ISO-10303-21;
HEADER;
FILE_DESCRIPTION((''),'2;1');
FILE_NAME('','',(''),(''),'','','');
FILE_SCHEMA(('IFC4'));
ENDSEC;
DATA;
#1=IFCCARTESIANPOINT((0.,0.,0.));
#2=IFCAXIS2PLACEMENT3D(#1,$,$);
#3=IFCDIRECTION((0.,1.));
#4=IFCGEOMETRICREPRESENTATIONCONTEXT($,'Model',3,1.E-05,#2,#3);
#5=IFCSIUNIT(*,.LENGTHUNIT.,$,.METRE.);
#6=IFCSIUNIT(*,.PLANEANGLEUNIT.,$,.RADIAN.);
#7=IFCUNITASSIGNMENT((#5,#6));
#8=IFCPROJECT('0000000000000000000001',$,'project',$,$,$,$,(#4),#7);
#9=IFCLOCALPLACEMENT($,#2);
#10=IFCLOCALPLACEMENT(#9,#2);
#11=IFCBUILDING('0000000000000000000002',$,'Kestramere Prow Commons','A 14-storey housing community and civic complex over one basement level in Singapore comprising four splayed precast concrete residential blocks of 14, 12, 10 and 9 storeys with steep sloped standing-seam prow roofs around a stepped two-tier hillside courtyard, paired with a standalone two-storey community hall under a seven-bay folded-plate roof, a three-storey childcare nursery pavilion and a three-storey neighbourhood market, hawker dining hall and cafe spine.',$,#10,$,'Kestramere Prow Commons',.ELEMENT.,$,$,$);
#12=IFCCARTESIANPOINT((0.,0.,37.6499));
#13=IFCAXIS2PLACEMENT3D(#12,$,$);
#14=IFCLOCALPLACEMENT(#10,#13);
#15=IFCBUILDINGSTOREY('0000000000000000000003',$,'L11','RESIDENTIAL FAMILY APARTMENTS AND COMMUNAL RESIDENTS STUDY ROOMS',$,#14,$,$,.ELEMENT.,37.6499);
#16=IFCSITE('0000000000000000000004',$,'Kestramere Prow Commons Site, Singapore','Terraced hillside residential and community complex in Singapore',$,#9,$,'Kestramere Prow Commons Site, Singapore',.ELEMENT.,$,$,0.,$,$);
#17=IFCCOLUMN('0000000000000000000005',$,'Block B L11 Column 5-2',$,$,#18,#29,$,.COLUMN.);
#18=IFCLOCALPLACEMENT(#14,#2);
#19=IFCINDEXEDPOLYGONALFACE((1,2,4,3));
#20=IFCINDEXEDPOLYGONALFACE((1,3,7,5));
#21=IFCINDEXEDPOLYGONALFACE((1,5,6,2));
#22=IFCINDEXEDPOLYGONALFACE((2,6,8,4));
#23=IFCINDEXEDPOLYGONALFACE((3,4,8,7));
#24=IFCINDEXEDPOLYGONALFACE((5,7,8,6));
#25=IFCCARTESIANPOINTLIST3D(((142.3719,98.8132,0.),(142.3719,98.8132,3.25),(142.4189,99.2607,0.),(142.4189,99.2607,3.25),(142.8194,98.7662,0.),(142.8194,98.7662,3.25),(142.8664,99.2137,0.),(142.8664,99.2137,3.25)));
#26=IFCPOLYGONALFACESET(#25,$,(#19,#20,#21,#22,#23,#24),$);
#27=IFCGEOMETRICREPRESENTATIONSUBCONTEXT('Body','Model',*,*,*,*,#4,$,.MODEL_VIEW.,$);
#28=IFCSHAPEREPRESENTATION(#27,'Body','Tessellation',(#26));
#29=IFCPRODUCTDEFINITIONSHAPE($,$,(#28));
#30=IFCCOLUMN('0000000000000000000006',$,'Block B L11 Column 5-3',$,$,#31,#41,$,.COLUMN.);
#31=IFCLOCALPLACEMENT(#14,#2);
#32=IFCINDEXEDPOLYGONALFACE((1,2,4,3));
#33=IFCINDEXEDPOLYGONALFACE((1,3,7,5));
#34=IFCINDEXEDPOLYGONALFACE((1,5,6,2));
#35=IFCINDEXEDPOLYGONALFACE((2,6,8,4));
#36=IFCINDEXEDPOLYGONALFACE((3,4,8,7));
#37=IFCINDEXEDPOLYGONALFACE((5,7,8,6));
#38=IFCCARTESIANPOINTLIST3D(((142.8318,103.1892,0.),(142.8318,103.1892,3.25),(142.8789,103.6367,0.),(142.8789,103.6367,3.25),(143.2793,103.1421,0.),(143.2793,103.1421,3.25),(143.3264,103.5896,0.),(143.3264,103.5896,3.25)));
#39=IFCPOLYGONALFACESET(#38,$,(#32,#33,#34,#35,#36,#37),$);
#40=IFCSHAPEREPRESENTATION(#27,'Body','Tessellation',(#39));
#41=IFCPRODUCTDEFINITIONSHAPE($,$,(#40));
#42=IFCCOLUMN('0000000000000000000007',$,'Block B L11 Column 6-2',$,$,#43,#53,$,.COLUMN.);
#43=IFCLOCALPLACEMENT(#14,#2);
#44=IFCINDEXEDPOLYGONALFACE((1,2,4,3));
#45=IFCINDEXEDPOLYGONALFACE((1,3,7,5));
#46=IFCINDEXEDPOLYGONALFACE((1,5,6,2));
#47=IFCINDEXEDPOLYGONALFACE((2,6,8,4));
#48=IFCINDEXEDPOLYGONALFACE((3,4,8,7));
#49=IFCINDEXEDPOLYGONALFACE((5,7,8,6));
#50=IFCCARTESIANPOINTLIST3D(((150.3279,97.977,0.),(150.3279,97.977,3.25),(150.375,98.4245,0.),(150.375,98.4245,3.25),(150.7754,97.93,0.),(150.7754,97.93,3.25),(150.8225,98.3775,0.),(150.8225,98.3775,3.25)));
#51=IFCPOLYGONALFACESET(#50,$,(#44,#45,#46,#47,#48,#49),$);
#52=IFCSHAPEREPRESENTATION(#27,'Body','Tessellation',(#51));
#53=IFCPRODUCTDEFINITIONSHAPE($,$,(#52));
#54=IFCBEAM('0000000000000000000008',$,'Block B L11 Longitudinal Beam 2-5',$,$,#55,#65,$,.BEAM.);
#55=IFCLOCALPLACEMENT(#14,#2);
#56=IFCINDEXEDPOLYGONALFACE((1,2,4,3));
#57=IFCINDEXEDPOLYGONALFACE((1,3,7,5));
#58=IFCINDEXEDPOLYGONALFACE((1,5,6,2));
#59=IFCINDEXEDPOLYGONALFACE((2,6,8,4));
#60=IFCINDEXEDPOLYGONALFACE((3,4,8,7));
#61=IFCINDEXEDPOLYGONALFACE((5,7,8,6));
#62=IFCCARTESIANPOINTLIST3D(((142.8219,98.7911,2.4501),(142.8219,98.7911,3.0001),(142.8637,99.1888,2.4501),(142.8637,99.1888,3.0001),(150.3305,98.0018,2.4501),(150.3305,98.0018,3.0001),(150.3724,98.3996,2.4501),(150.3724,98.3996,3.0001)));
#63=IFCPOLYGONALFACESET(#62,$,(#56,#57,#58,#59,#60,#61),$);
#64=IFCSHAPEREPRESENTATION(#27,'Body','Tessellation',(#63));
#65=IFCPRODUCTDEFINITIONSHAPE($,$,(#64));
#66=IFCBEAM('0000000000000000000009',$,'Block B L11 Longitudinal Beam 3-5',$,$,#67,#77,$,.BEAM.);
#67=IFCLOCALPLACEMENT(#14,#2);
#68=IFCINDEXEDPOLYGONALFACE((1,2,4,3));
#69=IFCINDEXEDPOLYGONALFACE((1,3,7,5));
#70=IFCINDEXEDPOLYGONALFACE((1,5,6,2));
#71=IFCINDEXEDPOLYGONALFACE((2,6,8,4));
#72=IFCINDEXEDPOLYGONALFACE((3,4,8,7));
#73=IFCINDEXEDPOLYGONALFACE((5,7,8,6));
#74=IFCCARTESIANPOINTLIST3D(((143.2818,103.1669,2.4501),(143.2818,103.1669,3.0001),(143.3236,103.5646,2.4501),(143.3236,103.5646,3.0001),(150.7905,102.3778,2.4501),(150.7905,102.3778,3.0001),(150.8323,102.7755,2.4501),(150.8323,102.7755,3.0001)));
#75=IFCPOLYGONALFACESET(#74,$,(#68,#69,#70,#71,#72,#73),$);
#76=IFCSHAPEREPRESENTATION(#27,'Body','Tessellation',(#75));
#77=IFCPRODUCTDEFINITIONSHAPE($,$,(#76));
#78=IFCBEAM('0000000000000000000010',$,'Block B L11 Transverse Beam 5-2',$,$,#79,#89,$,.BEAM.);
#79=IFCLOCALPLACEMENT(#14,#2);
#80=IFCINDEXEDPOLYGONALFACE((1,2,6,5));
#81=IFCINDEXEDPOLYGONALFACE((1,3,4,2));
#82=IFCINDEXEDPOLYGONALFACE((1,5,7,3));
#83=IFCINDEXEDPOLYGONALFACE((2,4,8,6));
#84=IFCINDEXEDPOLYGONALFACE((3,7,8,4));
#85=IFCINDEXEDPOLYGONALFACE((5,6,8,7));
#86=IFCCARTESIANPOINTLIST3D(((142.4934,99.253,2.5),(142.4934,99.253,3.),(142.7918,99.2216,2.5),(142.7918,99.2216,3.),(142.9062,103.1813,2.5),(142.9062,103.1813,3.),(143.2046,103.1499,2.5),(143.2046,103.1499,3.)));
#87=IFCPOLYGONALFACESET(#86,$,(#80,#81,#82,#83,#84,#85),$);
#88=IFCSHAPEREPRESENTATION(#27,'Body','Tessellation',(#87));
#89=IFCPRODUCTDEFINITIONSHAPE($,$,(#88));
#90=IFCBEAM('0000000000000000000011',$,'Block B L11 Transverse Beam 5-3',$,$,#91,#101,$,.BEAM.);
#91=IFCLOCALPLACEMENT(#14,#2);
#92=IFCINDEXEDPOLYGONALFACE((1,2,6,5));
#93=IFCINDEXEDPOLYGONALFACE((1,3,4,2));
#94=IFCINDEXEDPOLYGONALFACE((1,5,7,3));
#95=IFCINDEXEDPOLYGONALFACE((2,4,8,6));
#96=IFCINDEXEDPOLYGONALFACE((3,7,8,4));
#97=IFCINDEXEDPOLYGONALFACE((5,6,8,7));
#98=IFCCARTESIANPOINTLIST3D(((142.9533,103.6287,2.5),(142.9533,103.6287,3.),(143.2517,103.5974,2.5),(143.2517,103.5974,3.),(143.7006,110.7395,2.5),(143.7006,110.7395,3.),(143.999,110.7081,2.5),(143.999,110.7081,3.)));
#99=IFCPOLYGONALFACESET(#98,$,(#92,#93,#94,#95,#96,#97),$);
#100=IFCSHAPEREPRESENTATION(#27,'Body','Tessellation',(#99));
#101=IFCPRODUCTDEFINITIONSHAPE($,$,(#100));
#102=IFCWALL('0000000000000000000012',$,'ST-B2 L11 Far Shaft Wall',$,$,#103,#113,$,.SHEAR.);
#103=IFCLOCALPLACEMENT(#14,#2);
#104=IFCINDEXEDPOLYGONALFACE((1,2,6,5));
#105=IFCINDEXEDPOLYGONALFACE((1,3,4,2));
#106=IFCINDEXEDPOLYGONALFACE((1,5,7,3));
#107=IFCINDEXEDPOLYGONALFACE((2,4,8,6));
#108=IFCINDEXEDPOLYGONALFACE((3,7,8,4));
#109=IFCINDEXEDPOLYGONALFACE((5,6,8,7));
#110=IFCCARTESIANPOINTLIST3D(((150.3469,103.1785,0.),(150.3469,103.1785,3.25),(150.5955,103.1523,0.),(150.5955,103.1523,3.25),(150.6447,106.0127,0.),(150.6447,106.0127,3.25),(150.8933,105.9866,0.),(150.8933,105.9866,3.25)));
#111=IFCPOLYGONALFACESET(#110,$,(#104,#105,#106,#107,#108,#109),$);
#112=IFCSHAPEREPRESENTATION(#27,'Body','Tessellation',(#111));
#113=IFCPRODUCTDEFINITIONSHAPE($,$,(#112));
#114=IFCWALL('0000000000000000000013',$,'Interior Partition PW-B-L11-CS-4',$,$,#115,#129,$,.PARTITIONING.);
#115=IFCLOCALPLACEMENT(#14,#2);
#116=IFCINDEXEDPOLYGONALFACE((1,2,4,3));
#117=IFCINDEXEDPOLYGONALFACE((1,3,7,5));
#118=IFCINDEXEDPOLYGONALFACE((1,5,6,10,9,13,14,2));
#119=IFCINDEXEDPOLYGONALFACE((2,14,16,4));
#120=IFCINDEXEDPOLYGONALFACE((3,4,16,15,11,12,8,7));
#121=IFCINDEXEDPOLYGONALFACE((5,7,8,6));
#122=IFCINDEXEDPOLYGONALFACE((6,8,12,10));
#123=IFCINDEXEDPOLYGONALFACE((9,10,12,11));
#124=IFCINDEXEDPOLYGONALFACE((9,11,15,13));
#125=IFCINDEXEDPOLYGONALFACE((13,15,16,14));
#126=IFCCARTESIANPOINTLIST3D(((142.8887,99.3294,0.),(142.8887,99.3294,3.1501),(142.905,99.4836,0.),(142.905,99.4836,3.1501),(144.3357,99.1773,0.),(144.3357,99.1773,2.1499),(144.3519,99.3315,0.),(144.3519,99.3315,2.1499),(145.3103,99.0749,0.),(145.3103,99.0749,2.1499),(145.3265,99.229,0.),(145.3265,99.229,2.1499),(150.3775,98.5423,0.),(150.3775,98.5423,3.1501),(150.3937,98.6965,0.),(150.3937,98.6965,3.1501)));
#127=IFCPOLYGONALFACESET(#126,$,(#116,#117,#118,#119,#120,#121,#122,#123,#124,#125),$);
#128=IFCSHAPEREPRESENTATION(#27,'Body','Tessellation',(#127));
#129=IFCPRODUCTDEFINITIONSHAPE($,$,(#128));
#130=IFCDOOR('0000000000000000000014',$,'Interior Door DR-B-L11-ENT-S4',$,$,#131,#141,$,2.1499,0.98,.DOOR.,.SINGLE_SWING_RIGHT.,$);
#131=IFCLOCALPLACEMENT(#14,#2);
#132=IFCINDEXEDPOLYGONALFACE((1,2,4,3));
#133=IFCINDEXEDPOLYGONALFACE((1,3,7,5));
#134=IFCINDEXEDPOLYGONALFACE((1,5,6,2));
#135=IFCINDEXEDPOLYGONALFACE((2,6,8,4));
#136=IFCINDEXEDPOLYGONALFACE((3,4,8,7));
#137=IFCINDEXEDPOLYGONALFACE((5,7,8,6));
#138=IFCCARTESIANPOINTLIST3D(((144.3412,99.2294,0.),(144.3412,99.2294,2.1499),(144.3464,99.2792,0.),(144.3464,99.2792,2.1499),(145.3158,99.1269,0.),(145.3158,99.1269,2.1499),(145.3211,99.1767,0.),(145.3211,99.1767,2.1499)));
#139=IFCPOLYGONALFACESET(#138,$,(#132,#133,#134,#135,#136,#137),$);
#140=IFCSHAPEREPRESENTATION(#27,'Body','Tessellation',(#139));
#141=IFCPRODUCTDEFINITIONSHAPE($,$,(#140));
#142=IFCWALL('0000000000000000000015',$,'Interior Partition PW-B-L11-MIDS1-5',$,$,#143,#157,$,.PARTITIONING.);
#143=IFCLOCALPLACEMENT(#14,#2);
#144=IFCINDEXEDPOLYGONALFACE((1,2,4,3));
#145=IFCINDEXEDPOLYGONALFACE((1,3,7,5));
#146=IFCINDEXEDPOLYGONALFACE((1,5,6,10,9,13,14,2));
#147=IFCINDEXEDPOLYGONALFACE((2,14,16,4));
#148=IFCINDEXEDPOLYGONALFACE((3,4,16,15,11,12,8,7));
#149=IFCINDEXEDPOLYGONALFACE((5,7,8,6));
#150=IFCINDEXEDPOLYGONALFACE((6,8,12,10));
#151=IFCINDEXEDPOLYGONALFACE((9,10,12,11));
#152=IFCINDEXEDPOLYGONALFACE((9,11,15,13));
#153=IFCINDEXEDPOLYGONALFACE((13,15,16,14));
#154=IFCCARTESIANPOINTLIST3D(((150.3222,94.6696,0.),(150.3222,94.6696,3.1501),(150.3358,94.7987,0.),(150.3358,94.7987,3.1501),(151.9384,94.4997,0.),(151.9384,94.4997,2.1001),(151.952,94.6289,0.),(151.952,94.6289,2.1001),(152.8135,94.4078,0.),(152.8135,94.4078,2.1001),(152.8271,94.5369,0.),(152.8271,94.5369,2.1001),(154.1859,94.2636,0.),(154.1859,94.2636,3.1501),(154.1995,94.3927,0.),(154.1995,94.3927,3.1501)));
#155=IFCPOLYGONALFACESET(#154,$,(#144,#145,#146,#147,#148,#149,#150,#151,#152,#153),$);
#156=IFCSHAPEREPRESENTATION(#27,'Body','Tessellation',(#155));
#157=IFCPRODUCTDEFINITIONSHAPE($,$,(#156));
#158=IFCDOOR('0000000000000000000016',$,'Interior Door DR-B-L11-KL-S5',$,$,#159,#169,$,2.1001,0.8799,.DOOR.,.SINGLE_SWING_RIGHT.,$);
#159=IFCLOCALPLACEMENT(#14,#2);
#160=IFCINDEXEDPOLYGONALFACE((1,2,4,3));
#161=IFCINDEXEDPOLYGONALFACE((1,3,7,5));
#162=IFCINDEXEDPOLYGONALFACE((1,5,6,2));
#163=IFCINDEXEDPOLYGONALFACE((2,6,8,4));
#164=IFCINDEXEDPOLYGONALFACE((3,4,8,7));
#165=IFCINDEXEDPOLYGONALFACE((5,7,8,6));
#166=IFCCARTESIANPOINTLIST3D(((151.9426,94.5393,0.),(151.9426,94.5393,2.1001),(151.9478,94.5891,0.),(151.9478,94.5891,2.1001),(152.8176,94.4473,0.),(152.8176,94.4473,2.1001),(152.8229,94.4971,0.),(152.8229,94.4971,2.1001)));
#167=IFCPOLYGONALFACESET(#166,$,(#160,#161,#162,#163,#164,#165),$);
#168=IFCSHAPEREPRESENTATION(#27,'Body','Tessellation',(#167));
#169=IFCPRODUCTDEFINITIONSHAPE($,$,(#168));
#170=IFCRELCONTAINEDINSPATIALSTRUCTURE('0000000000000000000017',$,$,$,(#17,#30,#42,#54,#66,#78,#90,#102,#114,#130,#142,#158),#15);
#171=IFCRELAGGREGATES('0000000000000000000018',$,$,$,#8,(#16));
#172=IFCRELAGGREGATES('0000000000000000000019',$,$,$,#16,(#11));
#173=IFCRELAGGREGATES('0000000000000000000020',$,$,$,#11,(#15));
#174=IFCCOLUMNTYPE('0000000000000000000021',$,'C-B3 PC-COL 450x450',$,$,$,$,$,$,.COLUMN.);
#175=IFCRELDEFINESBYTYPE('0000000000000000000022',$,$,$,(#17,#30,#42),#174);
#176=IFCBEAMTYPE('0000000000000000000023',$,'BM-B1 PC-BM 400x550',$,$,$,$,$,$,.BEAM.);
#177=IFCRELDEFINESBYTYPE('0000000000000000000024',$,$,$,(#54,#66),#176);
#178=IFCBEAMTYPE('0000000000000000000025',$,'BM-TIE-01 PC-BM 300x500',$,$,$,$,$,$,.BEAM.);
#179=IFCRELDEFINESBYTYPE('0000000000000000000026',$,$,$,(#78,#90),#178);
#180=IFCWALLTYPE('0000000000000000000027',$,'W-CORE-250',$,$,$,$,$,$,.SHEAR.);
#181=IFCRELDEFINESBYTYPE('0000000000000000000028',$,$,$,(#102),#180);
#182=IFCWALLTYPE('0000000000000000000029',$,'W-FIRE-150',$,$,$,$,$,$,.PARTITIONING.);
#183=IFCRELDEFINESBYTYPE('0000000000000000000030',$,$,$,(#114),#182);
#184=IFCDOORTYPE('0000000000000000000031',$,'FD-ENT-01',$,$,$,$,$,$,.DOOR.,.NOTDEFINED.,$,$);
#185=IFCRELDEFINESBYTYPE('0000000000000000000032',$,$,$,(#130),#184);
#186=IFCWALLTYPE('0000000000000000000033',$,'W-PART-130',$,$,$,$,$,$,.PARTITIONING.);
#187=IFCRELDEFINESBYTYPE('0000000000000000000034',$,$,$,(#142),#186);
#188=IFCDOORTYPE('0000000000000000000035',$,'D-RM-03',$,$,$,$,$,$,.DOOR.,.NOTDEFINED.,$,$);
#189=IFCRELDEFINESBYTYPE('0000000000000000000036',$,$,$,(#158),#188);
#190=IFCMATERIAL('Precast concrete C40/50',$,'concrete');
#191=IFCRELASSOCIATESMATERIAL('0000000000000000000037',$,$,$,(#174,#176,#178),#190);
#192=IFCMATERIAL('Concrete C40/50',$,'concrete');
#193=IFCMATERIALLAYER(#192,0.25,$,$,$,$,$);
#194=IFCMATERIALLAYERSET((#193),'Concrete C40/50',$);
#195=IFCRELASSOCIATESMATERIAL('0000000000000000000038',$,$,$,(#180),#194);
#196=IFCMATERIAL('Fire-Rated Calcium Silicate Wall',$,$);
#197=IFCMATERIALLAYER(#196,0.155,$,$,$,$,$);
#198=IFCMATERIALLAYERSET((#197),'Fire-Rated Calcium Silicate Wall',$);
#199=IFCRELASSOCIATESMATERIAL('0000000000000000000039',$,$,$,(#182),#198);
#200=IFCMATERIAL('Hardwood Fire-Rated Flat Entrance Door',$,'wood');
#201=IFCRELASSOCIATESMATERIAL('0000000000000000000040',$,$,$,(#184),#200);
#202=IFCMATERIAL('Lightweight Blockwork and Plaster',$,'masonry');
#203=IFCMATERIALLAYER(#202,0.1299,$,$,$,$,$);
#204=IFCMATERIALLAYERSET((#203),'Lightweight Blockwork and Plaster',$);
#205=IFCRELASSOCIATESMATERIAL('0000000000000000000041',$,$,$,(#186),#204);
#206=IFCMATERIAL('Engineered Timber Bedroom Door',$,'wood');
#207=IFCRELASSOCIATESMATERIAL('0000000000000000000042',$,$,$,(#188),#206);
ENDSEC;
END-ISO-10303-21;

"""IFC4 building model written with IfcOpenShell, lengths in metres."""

from ifc_helpers import new_model, si_unit, direction, frame, frame_2d, origin, origin_2d, place, context, subcontext, project, spatial, rectangle, extrude, material, layer, layer_set, material_profile, profile_set, type_object, element, fill, save


model = new_model("IFC4")

# Units and contexts
model_context = context("Model", 3, precision=1e-05, world=origin(), true_north=direction((0.0, 1.0)))
body_context = subcontext(model_context, "Body", "Model", "MODEL_VIEW")
ifc_project = project(units=[si_unit("LENGTHUNIT", "METRE"), si_unit("PLANEANGLEUNIT", "RADIAN")], contexts=[model_context])

# Site, building, storey
site_placement = place(None, origin())
site = spatial("IfcSite", under=ifc_project, at=site_placement, Name="Kestramere Prow Commons Site, Singapore", Description="Terraced hillside residential and community complex in Singapore", LongName="Kestramere Prow Commons Site, Singapore", CompositionType="ELEMENT", RefElevation=0.0)
building_placement = place(site_placement, origin())
building = spatial("IfcBuilding", under=site, at=building_placement, Name="Kestramere Prow Commons", Description="A 14-storey housing community and civic complex over one basement level in Singapore comprising four splayed precast concrete residential blocks of 14, 12, 10 and 9 storeys with steep sloped standing-seam prow roofs around a stepped two-tier hillside courtyard, paired with a standalone two-storey community hall under a seven-bay folded-plate roof, a three-storey childcare nursery pavilion and a three-storey neighbourhood market, hawker dining hall and cafe spine.", LongName="Kestramere Prow Commons", CompositionType="ELEMENT")
storey_placement = place(building_placement, frame((0.0, 0.0, 37.6499)))
storey = spatial("IfcBuildingStorey", under=building, at=storey_placement, Name="L11", Description="RESIDENTIAL FAMILY APARTMENTS AND COMMUNAL RESIDENTS STUDY ROOMS", CompositionType="ELEMENT", Elevation=37.6499)

# Columns
ifc_material_1 = material(Name="Precast concrete C40/50", Category="concrete")
ifc_material_profile_1 = material_profile(ifc_material_1, rectangle(XDim=0.45, YDim=0.45, at=origin_2d()), Name="PC-COL 450x450")
ifc_profile_set_1 = profile_set([ifc_material_profile_1], Name="Precast concrete C40/50")
column_type = type_object("IfcColumnType", Name="C-B3 PC-COL 450x450", PredefinedType="COLUMN", material=ifc_profile_set_1)
for number, where, z_axis, x_axis, name in (
    (1, (142.6191, 99.0134, 0.0), (0.0, 0.0, 1.0), (0.994522, -0.104528, 0.0), "Block B L11 Column 5-2"),
    (2, (143.0791, 103.3894, 0.0), (0.0, 0.0, 1.0), (0.994522, -0.104528, 0.0), "Block B L11 Column 5-3"),
    (3, (150.5752, 98.1772, 0.0), (0.0, 0.0, 1.0), (0.994522, -0.104528, 0.0), "Block B L11 Column 6-2"),
):
    element("IfcColumn", number, at=place(storey_placement, frame(where, z_axis=z_axis, x_axis=x_axis)), inside=storey, type_object=column_type, Name=name, PredefinedType="COLUMN", context=body_context, shape_type="SweptSolid", body=[
        extrude(rectangle(XDim=0.45, YDim=0.45, at=origin_2d()), origin(), (0.0, 0.0, 1.0), 3.25),
    ])

# Beams
ifc_material_profile_2 = material_profile(ifc_material_1, rectangle(XDim=0.3999, YDim=0.55, at=origin_2d()), Name="PC-BM 400x550")
ifc_profile_set_2 = profile_set([ifc_material_profile_2], Name="Precast concrete C40/50")
beam_type_1 = type_object("IfcBeamType", Name="BM-B1 PC-BM 400x550", PredefinedType="BEAM", material=ifc_profile_set_2)
for number, where, z_axis, x_axis, name in (
    (4, (142.8428, 98.99, 2.7251), (0.994521, -0.104542, 0.0), (0.104542, 0.994521, 0.0), "Block B L11 Longitudinal Beam 2-5"),
    (5, (143.3027, 103.3657, 2.7251), (0.994524, -0.10451, 0.0), (0.10451, 0.994524, 0.0), "Block B L11 Longitudinal Beam 3-5"),
):
    element("IfcBeam", number, at=place(storey_placement, frame(where, z_axis=z_axis, x_axis=x_axis)), inside=storey, type_object=beam_type_1, Name=name, PredefinedType="BEAM", context=body_context, shape_type="SweptSolid", body=[
        extrude(rectangle(XDim=0.3999, YDim=0.55, at=origin_2d()), origin(), (0.0, 0.0, 1.0), 7.55),
    ])
ifc_material_profile_3 = material_profile(ifc_material_1, rectangle(XDim=0.3, YDim=0.5, at=origin_2d()), Name="PC-BM 300x500")
ifc_profile_set_3 = profile_set([ifc_material_profile_3], Name="Precast concrete C40/50")
beam_type_2 = type_object("IfcBeamType", Name="BM-TIE-01 PC-BM 300x500", PredefinedType="BEAM", material=ifc_profile_set_3)
beam_1_placement = place(storey_placement, frame((142.6426, 99.2373, 2.75), z_axis=(0.104521, 0.994523, 0.0), x_axis=(-0.994523, 0.104521, 0.0)))
element("IfcBeam", 6, at=beam_1_placement, inside=storey, type_object=beam_type_2, Name="Block B L11 Transverse Beam 5-2", PredefinedType="BEAM", context=body_context, shape_type="SweptSolid", body=[
    extrude(rectangle(XDim=0.3, YDim=0.5, at=origin_2d()), origin(), (0.0, 0.0, 1.0), 3.95),
])
beam_2_placement = place(storey_placement, frame((143.1025, 103.613, 2.75), z_axis=(0.104519, 0.994523, 0.0), x_axis=(-0.994523, 0.104519, 0.0)))
element("IfcBeam", 7, at=beam_2_placement, inside=storey, type_object=beam_type_2, Name="Block B L11 Transverse Beam 5-3", PredefinedType="BEAM", context=body_context, shape_type="SweptSolid", body=[
    extrude(rectangle(XDim=0.3, YDim=0.5, at=origin_2d()), origin(), (0.0, 0.0, 1.0), 7.1499),
])

# Shared definitions
ifc_material_2 = material(Name="Concrete C40/50", Category="concrete")
ifc_layer_1 = layer(ifc_material_2, 0.25)
ifc_layer_set_1 = layer_set([ifc_layer_1], Name="Concrete C40/50")
wall_type_1 = type_object("IfcWallType", Name="W-CORE-250", PredefinedType="SHEAR", material=ifc_layer_set_1)

# Wall
wall_1_placement = place(storey_placement, frame((150.4712, 103.1655, 0.0), z_axis=(0.0, 0.0, 1.0), x_axis=(0.104515, 0.994523, 0.0)))
element("IfcWall", 8, at=wall_1_placement, inside=storey, type_object=wall_type_1, Name="ST-B2 L11 Far Shaft Wall", PredefinedType="SHEAR", context=body_context, shape_type="SweptSolid", body=[
    extrude(rectangle(XDim=2.8499, YDim=0.25, at=frame_2d((1.4248, 0.0))), origin(), (0.0, 0.0, 1.0), 3.25),
])

# Walls, openings, doors
ifc_material_3 = material(Name="Fire-Rated Calcium Silicate Wall")
ifc_layer_2 = layer(ifc_material_3, 0.155)
ifc_layer_set_2 = layer_set([ifc_layer_2], Name="Fire-Rated Calcium Silicate Wall")
wall_type_2 = type_object("IfcWallType", Name="W-FIRE-150", PredefinedType="PARTITIONING", material=ifc_layer_set_2)
wall_2_placement = place(storey_placement, frame((142.8967, 99.4065, 0.0), z_axis=(0.0, 0.0, 1.0), x_axis=(0.994522, -0.10453, 0.0)))
wall_2 = element("IfcWall", 9, at=wall_2_placement, inside=storey, type_object=wall_type_2, Name="Interior Partition PW-B-L11-CS-4", PredefinedType="PARTITIONING", context=body_context, shape_type="SweptSolid", body=[
    extrude(rectangle(XDim=7.53, YDim=0.155, at=frame_2d((3.7651, 0.0))), origin(), (0.0, 0.0, 1.0), 3.1501),
])
opening_1_placement = place(wall_2_placement, frame((1.4551, 0.0, 0.0)))
opening_1 = element("IfcOpeningElement", 10, at=opening_1_placement, cuts=wall_2, PredefinedType="OPENING", context=body_context, shape_type="SweptSolid", body=[
    extrude(rectangle(XDim=0.98, YDim=2.1499, at=frame_2d((0.49, 1.075))), frame((0.0, 0.0925, 0.0), z_axis=(0.0, -1.0, 0.0), x_axis=(1.0, 0.0, 0.0)), (0.0, 0.0, 1.0), 0.1851),
])
ifc_material_4 = material(Name="Hardwood Fire-Rated Flat Entrance Door", Category="wood")
door_type_1 = type_object("IfcDoorType", Name="FD-ENT-01", OperationType="NOTDEFINED", PredefinedType="DOOR", material=ifc_material_4)
door_1_placement = place(opening_1_placement, origin())
door_1 = element("IfcDoor", 11, at=door_1_placement, inside=storey, type_object=door_type_1, Name="Interior Door DR-B-L11-ENT-S4", OperationType="SINGLE_SWING_RIGHT", OverallHeight=2.1499, OverallWidth=0.98, PredefinedType="DOOR", context=body_context, shape_type="SweptSolid", body=[
    extrude(rectangle(XDim=0.98, YDim=2.1499, at=frame_2d((0.49, 1.075))), frame((0.0, 0.0249, 0.0), z_axis=(0.0, -1.0, 0.0), x_axis=(1.0, 0.0, 0.0)), (0.0, 0.0, 1.0), 0.05),
])
fill(opening_1, door_1)
ifc_material_5 = material(Name="Lightweight Blockwork and Plaster", Category="masonry")
ifc_layer_3 = layer(ifc_material_5, 0.1299)
ifc_layer_set_3 = layer_set([ifc_layer_3], Name="Lightweight Blockwork and Plaster")
wall_type_3 = type_object("IfcWallType", Name="W-PART-130", PredefinedType="PARTITIONING", material=ifc_layer_set_3)
wall_3_placement = place(storey_placement, frame((150.3291, 94.7341, 0.0), z_axis=(0.0, 0.0, 1.0), x_axis=(0.994524, -0.104505, 0.0)))
wall_3 = element("IfcWall", 12, at=wall_3_placement, inside=storey, type_object=wall_type_3, Name="Interior Partition PW-B-L11-MIDS1-5", PredefinedType="PARTITIONING", context=body_context, shape_type="SweptSolid", body=[
    extrude(rectangle(XDim=3.885, YDim=0.1299, at=frame_2d((1.9424, 0.0))), origin(), (0.0, 0.0, 1.0), 3.1501),
])
opening_2_placement = place(wall_3_placement, frame((1.625, 0.0, 0.0)))
opening_2 = element("IfcOpeningElement", 13, at=opening_2_placement, cuts=wall_3, PredefinedType="OPENING", context=body_context, shape_type="SweptSolid", body=[
    extrude(rectangle(XDim=0.8799, YDim=2.1001, at=frame_2d((0.4399, 1.05))), frame((0.0, 0.0798, 0.0), z_axis=(0.0, -1.0, 0.0), x_axis=(1.0, 0.0, 0.0)), (0.0, 0.0, 1.0), 0.1599),
])
ifc_material_6 = material(Name="Engineered Timber Bedroom Door", Category="wood")
door_type_2 = type_object("IfcDoorType", Name="D-RM-03", OperationType="NOTDEFINED", PredefinedType="DOOR", material=ifc_material_6)
door_2_placement = place(opening_2_placement, origin())
door_2 = element("IfcDoor", 14, at=door_2_placement, inside=storey, type_object=door_type_2, Name="Interior Door DR-B-L11-KL-S5", OperationType="SINGLE_SWING_RIGHT", OverallHeight=2.1001, OverallWidth=0.8799, PredefinedType="DOOR", context=body_context, shape_type="SweptSolid", body=[
    extrude(rectangle(XDim=0.8799, YDim=2.1001, at=frame_2d((0.4399, 1.05))), frame((0.0, 0.0249, 0.0), z_axis=(0.0, -1.0, 0.0), x_axis=(1.0, 0.0, 0.0)), (0.0, 0.0, 1.0), 0.05),
])
fill(opening_2, door_2)

save(model, "model.ifc")
